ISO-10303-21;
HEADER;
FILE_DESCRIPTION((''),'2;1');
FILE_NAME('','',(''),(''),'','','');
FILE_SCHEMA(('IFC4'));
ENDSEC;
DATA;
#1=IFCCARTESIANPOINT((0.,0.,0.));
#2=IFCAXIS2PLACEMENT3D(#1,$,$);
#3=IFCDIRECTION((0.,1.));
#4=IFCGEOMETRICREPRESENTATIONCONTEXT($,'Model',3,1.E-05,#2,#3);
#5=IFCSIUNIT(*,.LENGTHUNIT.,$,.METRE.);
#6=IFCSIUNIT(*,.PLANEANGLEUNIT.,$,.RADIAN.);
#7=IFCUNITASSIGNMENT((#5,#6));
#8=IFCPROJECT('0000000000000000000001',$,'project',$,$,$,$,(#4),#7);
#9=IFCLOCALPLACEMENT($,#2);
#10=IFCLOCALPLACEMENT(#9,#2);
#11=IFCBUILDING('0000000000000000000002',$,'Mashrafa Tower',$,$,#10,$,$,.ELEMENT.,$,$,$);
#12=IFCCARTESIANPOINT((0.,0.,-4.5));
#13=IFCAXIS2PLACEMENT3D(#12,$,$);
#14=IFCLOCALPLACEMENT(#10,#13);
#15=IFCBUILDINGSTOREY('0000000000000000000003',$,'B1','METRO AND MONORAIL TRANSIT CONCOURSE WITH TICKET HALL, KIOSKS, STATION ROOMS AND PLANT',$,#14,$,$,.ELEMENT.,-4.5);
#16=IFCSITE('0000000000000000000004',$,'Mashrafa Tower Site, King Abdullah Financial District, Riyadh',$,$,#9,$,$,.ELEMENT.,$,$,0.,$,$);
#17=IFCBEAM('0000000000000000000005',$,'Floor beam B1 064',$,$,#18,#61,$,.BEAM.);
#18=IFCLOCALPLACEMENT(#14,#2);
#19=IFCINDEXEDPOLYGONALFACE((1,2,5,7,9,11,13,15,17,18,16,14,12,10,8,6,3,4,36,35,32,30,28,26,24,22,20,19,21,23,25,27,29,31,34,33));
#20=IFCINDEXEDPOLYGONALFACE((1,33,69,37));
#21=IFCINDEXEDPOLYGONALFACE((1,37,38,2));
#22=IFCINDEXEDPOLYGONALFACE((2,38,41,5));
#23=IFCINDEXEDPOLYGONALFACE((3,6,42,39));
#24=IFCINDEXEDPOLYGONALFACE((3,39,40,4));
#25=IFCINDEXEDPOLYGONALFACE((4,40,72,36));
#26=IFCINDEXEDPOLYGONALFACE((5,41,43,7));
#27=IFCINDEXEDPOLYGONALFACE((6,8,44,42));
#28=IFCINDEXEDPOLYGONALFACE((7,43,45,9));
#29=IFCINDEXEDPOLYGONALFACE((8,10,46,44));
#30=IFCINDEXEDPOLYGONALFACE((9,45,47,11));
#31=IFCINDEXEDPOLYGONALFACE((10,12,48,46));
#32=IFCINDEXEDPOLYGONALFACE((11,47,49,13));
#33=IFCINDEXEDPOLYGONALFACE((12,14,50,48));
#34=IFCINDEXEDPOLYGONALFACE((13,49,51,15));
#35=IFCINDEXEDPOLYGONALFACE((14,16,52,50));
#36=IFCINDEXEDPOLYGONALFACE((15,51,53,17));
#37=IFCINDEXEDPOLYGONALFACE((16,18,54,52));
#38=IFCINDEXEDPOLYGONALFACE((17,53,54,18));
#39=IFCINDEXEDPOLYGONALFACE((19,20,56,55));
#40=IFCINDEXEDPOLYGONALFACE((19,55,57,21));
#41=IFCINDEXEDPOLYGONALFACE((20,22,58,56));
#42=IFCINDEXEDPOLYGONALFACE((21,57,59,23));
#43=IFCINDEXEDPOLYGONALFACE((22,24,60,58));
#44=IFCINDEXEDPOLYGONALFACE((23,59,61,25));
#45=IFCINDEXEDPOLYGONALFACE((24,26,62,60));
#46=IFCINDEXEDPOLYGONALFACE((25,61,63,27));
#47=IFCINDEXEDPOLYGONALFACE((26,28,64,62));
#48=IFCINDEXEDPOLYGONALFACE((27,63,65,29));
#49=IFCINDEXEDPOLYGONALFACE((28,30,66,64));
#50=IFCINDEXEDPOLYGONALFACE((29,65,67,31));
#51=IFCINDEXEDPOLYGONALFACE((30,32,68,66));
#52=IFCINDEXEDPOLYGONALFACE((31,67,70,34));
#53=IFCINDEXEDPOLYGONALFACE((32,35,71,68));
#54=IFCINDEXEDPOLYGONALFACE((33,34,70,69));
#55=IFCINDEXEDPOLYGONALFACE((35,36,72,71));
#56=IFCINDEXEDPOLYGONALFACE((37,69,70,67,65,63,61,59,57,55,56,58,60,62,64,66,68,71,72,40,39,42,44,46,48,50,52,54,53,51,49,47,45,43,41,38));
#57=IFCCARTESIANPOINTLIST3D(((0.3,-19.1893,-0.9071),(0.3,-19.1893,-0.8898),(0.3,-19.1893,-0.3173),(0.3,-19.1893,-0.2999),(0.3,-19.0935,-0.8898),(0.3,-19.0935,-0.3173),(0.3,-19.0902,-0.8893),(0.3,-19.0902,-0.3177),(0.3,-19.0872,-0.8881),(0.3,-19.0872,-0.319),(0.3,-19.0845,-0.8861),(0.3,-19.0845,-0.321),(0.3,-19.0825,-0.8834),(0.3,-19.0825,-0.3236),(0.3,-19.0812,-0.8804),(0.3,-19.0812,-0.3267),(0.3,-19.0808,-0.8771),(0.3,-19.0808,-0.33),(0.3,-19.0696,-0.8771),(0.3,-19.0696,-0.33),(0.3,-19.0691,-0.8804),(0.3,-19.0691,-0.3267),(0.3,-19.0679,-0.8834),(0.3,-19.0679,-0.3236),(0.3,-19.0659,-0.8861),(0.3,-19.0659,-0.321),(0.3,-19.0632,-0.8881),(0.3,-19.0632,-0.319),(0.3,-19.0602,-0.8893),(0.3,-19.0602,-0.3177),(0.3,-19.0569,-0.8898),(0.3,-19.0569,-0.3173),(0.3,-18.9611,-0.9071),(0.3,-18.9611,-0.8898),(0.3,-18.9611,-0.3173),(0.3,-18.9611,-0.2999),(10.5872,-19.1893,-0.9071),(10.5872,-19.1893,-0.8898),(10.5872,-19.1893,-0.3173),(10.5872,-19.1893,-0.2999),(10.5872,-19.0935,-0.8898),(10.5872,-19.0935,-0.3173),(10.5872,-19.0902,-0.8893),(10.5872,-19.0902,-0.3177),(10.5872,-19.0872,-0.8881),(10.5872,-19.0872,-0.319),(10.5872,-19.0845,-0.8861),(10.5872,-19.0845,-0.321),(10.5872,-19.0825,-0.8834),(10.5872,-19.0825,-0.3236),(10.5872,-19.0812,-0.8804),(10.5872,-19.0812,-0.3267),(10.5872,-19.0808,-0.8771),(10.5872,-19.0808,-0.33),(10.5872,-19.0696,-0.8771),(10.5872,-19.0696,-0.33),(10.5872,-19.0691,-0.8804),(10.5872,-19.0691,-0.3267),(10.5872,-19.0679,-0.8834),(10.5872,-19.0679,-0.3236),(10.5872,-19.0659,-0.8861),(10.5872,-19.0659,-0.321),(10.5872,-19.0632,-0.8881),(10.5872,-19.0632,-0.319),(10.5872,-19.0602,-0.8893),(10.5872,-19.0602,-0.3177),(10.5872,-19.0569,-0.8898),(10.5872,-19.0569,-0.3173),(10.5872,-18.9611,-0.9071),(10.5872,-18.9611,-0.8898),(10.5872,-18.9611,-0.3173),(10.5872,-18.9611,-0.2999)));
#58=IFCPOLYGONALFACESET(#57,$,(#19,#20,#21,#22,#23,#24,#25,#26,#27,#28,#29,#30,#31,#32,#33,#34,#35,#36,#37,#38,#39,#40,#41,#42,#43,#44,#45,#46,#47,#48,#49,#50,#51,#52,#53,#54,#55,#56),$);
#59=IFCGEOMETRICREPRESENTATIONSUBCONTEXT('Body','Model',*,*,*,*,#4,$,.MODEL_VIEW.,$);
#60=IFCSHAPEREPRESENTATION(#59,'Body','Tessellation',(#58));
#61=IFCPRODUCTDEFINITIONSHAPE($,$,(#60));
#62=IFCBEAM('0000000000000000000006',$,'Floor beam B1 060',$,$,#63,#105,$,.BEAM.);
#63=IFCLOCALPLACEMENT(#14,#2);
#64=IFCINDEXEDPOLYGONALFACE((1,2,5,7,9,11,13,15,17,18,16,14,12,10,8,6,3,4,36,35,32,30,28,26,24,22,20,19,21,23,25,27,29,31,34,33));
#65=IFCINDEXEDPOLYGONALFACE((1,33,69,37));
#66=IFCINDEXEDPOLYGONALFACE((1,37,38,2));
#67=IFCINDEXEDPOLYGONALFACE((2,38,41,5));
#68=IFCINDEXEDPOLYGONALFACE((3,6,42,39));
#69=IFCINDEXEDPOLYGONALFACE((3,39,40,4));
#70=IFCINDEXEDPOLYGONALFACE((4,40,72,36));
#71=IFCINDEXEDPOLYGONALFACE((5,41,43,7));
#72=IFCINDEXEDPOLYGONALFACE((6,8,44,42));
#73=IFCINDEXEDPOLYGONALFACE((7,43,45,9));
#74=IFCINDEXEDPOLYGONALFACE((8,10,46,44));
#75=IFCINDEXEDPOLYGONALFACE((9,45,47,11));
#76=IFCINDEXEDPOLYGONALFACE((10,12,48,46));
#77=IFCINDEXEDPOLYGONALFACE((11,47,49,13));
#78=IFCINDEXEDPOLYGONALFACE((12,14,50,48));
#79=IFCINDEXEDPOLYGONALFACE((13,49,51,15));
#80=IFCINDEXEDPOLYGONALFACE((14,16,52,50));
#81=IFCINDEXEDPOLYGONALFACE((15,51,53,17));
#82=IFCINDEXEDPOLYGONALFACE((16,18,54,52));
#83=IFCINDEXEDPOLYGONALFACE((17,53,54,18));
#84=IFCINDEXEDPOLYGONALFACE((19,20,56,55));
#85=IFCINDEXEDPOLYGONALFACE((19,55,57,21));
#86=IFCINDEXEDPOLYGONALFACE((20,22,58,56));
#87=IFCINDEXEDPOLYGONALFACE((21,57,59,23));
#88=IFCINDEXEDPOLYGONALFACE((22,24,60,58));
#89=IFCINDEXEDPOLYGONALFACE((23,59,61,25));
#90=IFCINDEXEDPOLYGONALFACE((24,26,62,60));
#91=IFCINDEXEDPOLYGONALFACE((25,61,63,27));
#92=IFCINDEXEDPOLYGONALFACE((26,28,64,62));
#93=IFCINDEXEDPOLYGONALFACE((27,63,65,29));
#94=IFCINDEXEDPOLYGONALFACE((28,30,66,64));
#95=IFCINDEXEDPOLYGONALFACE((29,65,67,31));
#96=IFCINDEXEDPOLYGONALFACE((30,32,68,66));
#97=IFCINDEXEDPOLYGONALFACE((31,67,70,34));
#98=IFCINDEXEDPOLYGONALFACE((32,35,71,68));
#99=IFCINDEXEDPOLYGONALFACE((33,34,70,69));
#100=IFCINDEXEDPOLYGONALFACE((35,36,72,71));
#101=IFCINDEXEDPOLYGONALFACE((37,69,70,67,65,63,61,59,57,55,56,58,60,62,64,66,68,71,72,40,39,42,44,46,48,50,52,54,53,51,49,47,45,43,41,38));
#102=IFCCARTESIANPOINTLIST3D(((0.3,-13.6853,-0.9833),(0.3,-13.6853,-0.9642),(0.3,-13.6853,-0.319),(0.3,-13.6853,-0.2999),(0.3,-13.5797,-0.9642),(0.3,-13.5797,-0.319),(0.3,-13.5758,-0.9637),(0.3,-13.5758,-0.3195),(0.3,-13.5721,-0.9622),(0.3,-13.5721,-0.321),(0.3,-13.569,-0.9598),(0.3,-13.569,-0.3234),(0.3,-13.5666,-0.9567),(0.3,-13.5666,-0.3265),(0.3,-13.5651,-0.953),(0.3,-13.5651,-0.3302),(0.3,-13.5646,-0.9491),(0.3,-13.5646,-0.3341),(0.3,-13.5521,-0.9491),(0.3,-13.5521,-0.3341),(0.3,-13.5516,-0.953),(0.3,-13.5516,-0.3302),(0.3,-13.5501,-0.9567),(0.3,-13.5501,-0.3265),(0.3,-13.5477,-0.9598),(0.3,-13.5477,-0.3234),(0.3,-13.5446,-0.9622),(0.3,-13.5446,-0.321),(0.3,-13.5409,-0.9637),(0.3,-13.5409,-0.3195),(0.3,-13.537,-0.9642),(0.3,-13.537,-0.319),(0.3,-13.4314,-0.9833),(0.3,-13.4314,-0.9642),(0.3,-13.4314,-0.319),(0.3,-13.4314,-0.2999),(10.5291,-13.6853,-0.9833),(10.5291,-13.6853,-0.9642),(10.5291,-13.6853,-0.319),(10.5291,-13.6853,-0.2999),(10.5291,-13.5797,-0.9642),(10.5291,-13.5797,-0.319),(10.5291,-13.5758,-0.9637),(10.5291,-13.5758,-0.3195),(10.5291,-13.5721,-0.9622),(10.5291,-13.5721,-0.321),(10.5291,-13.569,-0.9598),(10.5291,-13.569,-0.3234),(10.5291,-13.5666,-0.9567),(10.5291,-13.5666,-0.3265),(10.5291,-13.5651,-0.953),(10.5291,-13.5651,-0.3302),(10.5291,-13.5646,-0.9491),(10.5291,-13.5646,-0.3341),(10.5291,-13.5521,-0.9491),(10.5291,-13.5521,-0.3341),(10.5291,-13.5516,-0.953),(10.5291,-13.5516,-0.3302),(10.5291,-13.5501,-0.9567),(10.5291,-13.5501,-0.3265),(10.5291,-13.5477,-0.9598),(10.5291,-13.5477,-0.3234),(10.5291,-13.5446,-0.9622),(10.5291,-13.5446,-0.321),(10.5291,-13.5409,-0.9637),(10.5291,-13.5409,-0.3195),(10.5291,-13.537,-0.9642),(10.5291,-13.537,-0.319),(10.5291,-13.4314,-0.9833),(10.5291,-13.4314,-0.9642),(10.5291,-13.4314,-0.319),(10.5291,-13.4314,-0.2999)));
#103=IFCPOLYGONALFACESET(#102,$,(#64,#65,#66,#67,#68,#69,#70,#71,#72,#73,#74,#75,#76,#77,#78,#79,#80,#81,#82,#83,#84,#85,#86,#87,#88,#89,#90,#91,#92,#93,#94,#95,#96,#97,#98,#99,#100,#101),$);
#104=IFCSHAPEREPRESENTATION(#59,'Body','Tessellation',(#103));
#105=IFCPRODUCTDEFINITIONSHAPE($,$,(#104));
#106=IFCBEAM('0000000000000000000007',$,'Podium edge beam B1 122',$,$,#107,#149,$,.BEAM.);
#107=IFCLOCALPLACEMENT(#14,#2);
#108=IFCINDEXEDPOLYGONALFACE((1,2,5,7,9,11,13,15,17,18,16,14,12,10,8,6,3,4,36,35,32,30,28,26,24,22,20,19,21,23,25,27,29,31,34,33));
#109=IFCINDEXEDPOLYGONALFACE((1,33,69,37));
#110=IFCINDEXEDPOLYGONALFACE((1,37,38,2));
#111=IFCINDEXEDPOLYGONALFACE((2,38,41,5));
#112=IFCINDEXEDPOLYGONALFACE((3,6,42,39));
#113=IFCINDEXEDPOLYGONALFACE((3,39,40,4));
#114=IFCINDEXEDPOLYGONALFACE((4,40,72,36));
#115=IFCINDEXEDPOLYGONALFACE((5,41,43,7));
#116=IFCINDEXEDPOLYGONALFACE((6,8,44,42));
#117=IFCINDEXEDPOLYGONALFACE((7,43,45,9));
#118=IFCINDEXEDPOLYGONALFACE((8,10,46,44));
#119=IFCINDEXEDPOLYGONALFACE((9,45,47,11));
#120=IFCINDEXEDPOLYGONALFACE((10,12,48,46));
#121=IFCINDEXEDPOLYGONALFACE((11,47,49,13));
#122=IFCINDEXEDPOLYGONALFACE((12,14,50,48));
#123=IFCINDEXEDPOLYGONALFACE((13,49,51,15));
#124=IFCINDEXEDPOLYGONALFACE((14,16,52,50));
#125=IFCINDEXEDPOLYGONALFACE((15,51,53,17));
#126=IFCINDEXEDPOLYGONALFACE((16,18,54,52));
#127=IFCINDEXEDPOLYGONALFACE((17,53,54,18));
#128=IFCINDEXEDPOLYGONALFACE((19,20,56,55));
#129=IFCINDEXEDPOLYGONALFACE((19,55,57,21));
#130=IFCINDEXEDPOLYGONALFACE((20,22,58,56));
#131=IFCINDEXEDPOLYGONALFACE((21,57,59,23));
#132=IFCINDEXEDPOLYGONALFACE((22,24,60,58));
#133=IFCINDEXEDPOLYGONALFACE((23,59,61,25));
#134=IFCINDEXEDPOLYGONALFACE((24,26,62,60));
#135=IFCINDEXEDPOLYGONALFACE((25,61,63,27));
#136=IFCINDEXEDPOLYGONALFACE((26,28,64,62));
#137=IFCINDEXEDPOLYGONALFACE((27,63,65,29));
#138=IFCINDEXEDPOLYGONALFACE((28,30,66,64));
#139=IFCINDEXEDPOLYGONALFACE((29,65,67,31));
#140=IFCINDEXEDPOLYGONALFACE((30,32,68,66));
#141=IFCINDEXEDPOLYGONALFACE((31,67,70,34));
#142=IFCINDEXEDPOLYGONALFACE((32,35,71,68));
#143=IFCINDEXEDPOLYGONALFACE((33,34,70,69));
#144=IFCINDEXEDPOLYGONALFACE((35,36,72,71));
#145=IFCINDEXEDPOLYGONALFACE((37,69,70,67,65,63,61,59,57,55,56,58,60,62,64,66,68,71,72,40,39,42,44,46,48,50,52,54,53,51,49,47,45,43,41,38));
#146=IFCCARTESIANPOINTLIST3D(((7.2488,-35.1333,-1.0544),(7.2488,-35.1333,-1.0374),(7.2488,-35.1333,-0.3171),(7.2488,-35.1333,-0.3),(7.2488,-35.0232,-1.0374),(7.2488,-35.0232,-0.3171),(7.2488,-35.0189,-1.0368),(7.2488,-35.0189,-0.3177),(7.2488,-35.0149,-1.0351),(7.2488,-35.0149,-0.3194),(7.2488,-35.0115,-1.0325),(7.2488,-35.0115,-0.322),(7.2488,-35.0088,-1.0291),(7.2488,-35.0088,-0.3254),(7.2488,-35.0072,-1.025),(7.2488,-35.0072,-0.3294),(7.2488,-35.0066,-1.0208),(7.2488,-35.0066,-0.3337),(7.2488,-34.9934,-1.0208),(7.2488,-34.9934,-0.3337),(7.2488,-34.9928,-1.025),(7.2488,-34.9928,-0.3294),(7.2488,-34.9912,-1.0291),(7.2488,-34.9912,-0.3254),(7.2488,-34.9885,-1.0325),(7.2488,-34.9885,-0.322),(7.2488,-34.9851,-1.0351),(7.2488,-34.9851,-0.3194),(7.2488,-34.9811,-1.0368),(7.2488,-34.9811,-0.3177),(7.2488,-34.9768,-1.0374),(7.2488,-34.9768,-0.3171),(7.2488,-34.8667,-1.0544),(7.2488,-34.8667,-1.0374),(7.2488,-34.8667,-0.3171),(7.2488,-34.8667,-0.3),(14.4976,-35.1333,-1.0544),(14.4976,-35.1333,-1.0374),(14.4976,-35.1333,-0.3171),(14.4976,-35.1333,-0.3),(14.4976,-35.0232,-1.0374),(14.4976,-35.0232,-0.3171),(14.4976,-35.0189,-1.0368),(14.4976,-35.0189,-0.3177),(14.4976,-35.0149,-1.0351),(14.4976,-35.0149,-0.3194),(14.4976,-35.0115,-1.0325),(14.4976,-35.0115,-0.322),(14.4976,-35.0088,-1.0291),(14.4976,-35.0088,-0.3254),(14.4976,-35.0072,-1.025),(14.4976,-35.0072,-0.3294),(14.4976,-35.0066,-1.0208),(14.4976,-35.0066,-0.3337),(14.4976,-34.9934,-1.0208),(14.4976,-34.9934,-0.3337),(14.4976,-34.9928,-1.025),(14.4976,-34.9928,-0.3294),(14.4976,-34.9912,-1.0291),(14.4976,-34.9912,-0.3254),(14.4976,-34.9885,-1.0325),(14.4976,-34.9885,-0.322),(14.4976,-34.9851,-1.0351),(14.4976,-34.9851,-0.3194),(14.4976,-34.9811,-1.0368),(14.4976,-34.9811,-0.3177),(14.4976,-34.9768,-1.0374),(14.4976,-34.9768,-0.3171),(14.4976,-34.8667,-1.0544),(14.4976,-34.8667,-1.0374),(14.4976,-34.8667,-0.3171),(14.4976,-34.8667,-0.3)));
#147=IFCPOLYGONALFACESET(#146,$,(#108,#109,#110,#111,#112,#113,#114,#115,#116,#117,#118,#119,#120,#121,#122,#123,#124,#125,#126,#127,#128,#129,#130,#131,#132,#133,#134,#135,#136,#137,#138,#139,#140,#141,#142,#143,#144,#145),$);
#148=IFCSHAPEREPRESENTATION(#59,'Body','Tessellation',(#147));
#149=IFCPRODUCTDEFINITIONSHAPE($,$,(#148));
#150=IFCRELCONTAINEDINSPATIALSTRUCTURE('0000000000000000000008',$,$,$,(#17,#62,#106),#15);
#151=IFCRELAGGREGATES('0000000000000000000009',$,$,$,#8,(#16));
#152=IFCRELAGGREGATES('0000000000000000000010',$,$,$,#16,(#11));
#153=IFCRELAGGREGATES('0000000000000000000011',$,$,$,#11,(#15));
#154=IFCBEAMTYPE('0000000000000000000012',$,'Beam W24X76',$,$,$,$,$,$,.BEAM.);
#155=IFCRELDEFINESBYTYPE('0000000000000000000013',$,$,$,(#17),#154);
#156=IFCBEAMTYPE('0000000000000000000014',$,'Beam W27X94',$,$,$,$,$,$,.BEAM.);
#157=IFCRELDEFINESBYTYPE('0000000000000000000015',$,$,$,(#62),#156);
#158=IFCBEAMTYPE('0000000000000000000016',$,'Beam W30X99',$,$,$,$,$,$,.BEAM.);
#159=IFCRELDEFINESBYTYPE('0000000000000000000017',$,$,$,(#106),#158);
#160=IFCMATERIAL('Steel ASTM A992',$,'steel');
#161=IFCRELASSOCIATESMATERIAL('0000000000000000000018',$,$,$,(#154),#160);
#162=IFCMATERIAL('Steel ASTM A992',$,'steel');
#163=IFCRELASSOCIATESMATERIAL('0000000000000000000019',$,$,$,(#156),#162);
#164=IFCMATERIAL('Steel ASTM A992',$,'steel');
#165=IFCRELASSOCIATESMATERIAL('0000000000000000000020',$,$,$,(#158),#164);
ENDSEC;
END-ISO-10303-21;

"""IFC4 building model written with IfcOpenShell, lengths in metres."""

from ifc_helpers import new_model, si_unit, direction, frame, origin, origin_2d, place, context, subcontext, project, spatial, i_section, extrude, material, material_profile, profile_set, type_object, element, save


model = new_model("IFC4")

# Units and contexts
model_context = context("Model", 3, precision=1e-05, world=origin(), true_north=direction((0.0, 1.0)))
body_context = subcontext(model_context, "Body", "Model", "MODEL_VIEW")
ifc_project = project(units=[si_unit("LENGTHUNIT", "METRE"), si_unit("PLANEANGLEUNIT", "RADIAN")], contexts=[model_context])

# Site, building, storey
site_placement = place(None, origin())
site = spatial("IfcSite", under=ifc_project, at=site_placement, Name="Mashrafa Tower Site, King Abdullah Financial District, Riyadh", CompositionType="ELEMENT", RefElevation=0.0)
building_placement = place(site_placement, origin())
building = spatial("IfcBuilding", under=site, at=building_placement, Name="Mashrafa Tower", CompositionType="ELEMENT")
storey_placement = place(building_placement, frame((0.0, 0.0, -4.5)))
storey = spatial("IfcBuildingStorey", under=building, at=storey_placement, Name="B1", Description="METRO AND MONORAIL TRANSIT CONCOURSE WITH TICKET HALL, KIOSKS, STATION ROOMS AND PLANT", CompositionType="ELEMENT", Elevation=-4.5)

# Beams
ifc_material_1 = material(Name="Steel ASTM A992", Category="steel")
ifc_material_profile_1 = material_profile(ifc_material_1, i_section(OverallWidth=0.2283, OverallDepth=0.6072, WebThickness=0.0112, FlangeThickness=0.0173, FilletRadius=0.0127, at=origin_2d()), Name="W24X76")
ifc_profile_set_1 = profile_set([ifc_material_profile_1], Name="Steel ASTM A992")
beam_type_1 = type_object("IfcBeamType", Name="Beam W24X76", PredefinedType="BEAM", material=ifc_profile_set_1)
beam_1_placement = place(storey_placement, frame((10.5872, -19.0752, -0.6035), z_axis=(-1.0, 0.0, 0.0), x_axis=(0.0, -1.0, 0.0)))
element("IfcBeam", 1, at=beam_1_placement, inside=storey, type_object=beam_type_1, Name="Floor beam B1 064", PredefinedType="BEAM", context=body_context, shape_type="SweptSolid", body=[
    extrude(i_section(OverallWidth=0.2283, OverallDepth=0.6072, WebThickness=0.0112, FlangeThickness=0.0173, FilletRadius=0.0127, at=origin_2d()), origin(), (0.0, 0.0, 1.0), 10.2871),
])
ifc_material_2 = material(Name="Steel ASTM A992", Category="steel")
ifc_material_profile_2 = material_profile(ifc_material_2, i_section(OverallWidth=0.2539, OverallDepth=0.6833, WebThickness=0.0125, FlangeThickness=0.019, FilletRadius=0.0151, at=origin_2d()), Name="W27X94")
ifc_profile_set_2 = profile_set([ifc_material_profile_2], Name="Steel ASTM A992")
beam_type_2 = type_object("IfcBeamType", Name="Beam W27X94", PredefinedType="BEAM", material=ifc_profile_set_2)
beam_2_placement = place(storey_placement, frame((10.5291, -13.5583, -0.6416), z_axis=(-1.0, 0.0, 0.0), x_axis=(0.0, -1.0, 0.0)))
element("IfcBeam", 2, at=beam_2_placement, inside=storey, type_object=beam_type_2, Name="Floor beam B1 060", PredefinedType="BEAM", context=body_context, shape_type="SweptSolid", body=[
    extrude(i_section(OverallWidth=0.2539, OverallDepth=0.6833, WebThickness=0.0125, FlangeThickness=0.019, FilletRadius=0.0151, at=origin_2d()), origin(), (0.0, 0.0, 1.0), 10.229),
])
ifc_material_3 = material(Name="Steel ASTM A992", Category="steel")
ifc_material_profile_3 = material_profile(ifc_material_3, i_section(OverallWidth=0.2666, OverallDepth=0.7544, WebThickness=0.0132, FlangeThickness=0.0171, FilletRadius=0.0166, at=origin_2d()), Name="W30X99")
ifc_profile_set_3 = profile_set([ifc_material_profile_3], Name="Steel ASTM A992")
beam_type_3 = type_object("IfcBeamType", Name="Beam W30X99", PredefinedType="BEAM", material=ifc_profile_set_3)
beam_3_placement = place(storey_placement, frame((7.2488, -35.0, -0.6772), z_axis=(1.0, 0.0, 0.0), x_axis=(0.0, 1.0, 0.0)))
element("IfcBeam", 3, at=beam_3_placement, inside=storey, type_object=beam_type_3, Name="Podium edge beam B1 122", PredefinedType="BEAM", context=body_context, shape_type="SweptSolid", body=[
    extrude(i_section(OverallWidth=0.2666, OverallDepth=0.7544, WebThickness=0.0132, FlangeThickness=0.0171, FilletRadius=0.0166, at=origin_2d()), origin(), (0.0, 0.0, 1.0), 7.2488),
])

save(model, "model.ifc")
